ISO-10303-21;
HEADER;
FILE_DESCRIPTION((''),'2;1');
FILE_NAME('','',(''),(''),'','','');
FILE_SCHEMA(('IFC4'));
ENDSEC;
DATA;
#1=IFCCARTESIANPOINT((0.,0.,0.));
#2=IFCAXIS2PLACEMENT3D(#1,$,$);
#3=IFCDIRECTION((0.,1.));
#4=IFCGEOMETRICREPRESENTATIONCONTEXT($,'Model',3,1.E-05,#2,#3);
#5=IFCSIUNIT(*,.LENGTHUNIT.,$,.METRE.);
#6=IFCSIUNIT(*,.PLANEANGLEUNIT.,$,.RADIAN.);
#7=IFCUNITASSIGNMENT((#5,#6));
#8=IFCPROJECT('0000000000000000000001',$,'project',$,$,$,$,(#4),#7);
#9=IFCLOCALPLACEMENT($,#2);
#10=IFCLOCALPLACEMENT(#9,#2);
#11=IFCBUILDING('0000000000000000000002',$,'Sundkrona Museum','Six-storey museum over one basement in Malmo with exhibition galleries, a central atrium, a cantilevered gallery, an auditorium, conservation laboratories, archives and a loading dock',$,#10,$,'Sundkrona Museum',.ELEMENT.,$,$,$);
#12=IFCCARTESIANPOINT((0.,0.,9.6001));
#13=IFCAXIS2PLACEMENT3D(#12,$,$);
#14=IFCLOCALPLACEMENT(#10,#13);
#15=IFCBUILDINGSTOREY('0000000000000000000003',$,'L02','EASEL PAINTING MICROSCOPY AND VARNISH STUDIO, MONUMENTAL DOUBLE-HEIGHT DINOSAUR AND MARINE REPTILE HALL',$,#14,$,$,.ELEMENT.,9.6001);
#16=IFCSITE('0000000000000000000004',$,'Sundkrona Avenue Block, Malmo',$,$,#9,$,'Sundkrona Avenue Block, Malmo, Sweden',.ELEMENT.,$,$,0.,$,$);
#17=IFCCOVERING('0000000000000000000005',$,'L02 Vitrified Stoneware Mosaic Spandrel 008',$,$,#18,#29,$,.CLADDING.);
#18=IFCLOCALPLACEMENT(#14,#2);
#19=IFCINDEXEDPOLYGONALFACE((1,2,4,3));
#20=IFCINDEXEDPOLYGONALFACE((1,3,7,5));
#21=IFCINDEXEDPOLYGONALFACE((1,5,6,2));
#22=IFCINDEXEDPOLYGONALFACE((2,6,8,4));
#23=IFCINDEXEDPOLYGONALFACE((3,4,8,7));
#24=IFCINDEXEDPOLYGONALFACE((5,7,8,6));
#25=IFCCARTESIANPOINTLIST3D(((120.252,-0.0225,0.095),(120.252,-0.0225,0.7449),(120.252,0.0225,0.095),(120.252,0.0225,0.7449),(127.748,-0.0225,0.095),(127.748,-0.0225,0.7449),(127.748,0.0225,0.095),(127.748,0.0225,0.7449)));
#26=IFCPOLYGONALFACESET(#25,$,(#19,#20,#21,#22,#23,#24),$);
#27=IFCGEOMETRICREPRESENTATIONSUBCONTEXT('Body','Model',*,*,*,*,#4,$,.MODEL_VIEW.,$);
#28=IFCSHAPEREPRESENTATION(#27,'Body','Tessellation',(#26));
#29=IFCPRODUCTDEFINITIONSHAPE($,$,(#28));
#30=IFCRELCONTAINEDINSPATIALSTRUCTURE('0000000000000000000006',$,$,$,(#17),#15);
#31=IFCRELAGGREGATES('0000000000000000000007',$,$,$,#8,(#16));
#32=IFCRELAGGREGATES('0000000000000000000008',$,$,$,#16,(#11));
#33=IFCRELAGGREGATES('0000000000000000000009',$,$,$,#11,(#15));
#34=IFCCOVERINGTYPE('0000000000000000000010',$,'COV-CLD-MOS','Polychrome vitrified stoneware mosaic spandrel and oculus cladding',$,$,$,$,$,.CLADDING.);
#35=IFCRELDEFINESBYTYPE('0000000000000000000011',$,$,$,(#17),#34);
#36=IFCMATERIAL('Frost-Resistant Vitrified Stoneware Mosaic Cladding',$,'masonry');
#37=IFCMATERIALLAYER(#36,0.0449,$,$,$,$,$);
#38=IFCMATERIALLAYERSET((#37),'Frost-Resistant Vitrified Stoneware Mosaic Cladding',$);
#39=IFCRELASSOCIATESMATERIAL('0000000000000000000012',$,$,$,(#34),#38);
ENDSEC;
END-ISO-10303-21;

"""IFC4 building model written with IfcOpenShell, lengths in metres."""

from ifc_helpers import new_model, si_unit, direction, frame, origin, origin_2d, place, context, subcontext, project, spatial, rectangle, extrude, material, layer, layer_set, type_object, element, save


model = new_model("IFC4")

# Units and contexts
model_context = context("Model", 3, precision=1e-05, world=origin(), true_north=direction((0.0, 1.0)))
body_context = subcontext(model_context, "Body", "Model", "MODEL_VIEW")
ifc_project = project(units=[si_unit("LENGTHUNIT", "METRE"), si_unit("PLANEANGLEUNIT", "RADIAN")], contexts=[model_context])

# Site, building, storey
site_placement = place(None, origin())
site = spatial("IfcSite", under=ifc_project, at=site_placement, Name="Sundkrona Avenue Block, Malmo", LongName="Sundkrona Avenue Block, Malmo, Sweden", CompositionType="ELEMENT", RefElevation=0.0)
building_placement = place(site_placement, origin())
building = spatial("IfcBuilding", under=site, at=building_placement, Name="Sundkrona Museum", Description="Six-storey museum over one basement in Malmo with exhibition galleries, a central atrium, a cantilevered gallery, an auditorium, conservation laboratories, archives and a loading dock", LongName="Sundkrona Museum", CompositionType="ELEMENT")
storey_placement = place(building_placement, frame((0.0, 0.0, 9.6001)))
storey = spatial("IfcBuildingStorey", under=building, at=storey_placement, Name="L02", Description="EASEL PAINTING MICROSCOPY AND VARNISH STUDIO, MONUMENTAL DOUBLE-HEIGHT DINOSAUR AND MARINE REPTILE HALL", CompositionType="ELEMENT", Elevation=9.6001)

# Covering
ifc_material_1 = material(Name="Frost-Resistant Vitrified Stoneware Mosaic Cladding", Category="masonry")
ifc_layer_1 = layer(ifc_material_1, 0.0449)
ifc_layer_set_1 = layer_set([ifc_layer_1], Name="Frost-Resistant Vitrified Stoneware Mosaic Cladding")
covering_type = type_object("IfcCoveringType", Name="COV-CLD-MOS", Description="Polychrome vitrified stoneware mosaic spandrel and oculus cladding", PredefinedType="CLADDING", material=ifc_layer_set_1)
covering_placement = place(storey_placement, frame((124.0, 0.0, 0.095), z_axis=(0.0, 0.0, 1.0), x_axis=(1.0, 0.0, 0.0)))
element("IfcCovering", 1, at=covering_placement, inside=storey, type_object=covering_type, Name="L02 Vitrified Stoneware Mosaic Spandrel 008", PredefinedType="CLADDING", context=body_context, shape_type="SweptSolid", body=[
    extrude(rectangle(XDim=7.4961, YDim=0.0449, at=origin_2d()), origin(), (0.0, 0.0, 1.0), 0.6499),
])

save(model, "model.ifc")
